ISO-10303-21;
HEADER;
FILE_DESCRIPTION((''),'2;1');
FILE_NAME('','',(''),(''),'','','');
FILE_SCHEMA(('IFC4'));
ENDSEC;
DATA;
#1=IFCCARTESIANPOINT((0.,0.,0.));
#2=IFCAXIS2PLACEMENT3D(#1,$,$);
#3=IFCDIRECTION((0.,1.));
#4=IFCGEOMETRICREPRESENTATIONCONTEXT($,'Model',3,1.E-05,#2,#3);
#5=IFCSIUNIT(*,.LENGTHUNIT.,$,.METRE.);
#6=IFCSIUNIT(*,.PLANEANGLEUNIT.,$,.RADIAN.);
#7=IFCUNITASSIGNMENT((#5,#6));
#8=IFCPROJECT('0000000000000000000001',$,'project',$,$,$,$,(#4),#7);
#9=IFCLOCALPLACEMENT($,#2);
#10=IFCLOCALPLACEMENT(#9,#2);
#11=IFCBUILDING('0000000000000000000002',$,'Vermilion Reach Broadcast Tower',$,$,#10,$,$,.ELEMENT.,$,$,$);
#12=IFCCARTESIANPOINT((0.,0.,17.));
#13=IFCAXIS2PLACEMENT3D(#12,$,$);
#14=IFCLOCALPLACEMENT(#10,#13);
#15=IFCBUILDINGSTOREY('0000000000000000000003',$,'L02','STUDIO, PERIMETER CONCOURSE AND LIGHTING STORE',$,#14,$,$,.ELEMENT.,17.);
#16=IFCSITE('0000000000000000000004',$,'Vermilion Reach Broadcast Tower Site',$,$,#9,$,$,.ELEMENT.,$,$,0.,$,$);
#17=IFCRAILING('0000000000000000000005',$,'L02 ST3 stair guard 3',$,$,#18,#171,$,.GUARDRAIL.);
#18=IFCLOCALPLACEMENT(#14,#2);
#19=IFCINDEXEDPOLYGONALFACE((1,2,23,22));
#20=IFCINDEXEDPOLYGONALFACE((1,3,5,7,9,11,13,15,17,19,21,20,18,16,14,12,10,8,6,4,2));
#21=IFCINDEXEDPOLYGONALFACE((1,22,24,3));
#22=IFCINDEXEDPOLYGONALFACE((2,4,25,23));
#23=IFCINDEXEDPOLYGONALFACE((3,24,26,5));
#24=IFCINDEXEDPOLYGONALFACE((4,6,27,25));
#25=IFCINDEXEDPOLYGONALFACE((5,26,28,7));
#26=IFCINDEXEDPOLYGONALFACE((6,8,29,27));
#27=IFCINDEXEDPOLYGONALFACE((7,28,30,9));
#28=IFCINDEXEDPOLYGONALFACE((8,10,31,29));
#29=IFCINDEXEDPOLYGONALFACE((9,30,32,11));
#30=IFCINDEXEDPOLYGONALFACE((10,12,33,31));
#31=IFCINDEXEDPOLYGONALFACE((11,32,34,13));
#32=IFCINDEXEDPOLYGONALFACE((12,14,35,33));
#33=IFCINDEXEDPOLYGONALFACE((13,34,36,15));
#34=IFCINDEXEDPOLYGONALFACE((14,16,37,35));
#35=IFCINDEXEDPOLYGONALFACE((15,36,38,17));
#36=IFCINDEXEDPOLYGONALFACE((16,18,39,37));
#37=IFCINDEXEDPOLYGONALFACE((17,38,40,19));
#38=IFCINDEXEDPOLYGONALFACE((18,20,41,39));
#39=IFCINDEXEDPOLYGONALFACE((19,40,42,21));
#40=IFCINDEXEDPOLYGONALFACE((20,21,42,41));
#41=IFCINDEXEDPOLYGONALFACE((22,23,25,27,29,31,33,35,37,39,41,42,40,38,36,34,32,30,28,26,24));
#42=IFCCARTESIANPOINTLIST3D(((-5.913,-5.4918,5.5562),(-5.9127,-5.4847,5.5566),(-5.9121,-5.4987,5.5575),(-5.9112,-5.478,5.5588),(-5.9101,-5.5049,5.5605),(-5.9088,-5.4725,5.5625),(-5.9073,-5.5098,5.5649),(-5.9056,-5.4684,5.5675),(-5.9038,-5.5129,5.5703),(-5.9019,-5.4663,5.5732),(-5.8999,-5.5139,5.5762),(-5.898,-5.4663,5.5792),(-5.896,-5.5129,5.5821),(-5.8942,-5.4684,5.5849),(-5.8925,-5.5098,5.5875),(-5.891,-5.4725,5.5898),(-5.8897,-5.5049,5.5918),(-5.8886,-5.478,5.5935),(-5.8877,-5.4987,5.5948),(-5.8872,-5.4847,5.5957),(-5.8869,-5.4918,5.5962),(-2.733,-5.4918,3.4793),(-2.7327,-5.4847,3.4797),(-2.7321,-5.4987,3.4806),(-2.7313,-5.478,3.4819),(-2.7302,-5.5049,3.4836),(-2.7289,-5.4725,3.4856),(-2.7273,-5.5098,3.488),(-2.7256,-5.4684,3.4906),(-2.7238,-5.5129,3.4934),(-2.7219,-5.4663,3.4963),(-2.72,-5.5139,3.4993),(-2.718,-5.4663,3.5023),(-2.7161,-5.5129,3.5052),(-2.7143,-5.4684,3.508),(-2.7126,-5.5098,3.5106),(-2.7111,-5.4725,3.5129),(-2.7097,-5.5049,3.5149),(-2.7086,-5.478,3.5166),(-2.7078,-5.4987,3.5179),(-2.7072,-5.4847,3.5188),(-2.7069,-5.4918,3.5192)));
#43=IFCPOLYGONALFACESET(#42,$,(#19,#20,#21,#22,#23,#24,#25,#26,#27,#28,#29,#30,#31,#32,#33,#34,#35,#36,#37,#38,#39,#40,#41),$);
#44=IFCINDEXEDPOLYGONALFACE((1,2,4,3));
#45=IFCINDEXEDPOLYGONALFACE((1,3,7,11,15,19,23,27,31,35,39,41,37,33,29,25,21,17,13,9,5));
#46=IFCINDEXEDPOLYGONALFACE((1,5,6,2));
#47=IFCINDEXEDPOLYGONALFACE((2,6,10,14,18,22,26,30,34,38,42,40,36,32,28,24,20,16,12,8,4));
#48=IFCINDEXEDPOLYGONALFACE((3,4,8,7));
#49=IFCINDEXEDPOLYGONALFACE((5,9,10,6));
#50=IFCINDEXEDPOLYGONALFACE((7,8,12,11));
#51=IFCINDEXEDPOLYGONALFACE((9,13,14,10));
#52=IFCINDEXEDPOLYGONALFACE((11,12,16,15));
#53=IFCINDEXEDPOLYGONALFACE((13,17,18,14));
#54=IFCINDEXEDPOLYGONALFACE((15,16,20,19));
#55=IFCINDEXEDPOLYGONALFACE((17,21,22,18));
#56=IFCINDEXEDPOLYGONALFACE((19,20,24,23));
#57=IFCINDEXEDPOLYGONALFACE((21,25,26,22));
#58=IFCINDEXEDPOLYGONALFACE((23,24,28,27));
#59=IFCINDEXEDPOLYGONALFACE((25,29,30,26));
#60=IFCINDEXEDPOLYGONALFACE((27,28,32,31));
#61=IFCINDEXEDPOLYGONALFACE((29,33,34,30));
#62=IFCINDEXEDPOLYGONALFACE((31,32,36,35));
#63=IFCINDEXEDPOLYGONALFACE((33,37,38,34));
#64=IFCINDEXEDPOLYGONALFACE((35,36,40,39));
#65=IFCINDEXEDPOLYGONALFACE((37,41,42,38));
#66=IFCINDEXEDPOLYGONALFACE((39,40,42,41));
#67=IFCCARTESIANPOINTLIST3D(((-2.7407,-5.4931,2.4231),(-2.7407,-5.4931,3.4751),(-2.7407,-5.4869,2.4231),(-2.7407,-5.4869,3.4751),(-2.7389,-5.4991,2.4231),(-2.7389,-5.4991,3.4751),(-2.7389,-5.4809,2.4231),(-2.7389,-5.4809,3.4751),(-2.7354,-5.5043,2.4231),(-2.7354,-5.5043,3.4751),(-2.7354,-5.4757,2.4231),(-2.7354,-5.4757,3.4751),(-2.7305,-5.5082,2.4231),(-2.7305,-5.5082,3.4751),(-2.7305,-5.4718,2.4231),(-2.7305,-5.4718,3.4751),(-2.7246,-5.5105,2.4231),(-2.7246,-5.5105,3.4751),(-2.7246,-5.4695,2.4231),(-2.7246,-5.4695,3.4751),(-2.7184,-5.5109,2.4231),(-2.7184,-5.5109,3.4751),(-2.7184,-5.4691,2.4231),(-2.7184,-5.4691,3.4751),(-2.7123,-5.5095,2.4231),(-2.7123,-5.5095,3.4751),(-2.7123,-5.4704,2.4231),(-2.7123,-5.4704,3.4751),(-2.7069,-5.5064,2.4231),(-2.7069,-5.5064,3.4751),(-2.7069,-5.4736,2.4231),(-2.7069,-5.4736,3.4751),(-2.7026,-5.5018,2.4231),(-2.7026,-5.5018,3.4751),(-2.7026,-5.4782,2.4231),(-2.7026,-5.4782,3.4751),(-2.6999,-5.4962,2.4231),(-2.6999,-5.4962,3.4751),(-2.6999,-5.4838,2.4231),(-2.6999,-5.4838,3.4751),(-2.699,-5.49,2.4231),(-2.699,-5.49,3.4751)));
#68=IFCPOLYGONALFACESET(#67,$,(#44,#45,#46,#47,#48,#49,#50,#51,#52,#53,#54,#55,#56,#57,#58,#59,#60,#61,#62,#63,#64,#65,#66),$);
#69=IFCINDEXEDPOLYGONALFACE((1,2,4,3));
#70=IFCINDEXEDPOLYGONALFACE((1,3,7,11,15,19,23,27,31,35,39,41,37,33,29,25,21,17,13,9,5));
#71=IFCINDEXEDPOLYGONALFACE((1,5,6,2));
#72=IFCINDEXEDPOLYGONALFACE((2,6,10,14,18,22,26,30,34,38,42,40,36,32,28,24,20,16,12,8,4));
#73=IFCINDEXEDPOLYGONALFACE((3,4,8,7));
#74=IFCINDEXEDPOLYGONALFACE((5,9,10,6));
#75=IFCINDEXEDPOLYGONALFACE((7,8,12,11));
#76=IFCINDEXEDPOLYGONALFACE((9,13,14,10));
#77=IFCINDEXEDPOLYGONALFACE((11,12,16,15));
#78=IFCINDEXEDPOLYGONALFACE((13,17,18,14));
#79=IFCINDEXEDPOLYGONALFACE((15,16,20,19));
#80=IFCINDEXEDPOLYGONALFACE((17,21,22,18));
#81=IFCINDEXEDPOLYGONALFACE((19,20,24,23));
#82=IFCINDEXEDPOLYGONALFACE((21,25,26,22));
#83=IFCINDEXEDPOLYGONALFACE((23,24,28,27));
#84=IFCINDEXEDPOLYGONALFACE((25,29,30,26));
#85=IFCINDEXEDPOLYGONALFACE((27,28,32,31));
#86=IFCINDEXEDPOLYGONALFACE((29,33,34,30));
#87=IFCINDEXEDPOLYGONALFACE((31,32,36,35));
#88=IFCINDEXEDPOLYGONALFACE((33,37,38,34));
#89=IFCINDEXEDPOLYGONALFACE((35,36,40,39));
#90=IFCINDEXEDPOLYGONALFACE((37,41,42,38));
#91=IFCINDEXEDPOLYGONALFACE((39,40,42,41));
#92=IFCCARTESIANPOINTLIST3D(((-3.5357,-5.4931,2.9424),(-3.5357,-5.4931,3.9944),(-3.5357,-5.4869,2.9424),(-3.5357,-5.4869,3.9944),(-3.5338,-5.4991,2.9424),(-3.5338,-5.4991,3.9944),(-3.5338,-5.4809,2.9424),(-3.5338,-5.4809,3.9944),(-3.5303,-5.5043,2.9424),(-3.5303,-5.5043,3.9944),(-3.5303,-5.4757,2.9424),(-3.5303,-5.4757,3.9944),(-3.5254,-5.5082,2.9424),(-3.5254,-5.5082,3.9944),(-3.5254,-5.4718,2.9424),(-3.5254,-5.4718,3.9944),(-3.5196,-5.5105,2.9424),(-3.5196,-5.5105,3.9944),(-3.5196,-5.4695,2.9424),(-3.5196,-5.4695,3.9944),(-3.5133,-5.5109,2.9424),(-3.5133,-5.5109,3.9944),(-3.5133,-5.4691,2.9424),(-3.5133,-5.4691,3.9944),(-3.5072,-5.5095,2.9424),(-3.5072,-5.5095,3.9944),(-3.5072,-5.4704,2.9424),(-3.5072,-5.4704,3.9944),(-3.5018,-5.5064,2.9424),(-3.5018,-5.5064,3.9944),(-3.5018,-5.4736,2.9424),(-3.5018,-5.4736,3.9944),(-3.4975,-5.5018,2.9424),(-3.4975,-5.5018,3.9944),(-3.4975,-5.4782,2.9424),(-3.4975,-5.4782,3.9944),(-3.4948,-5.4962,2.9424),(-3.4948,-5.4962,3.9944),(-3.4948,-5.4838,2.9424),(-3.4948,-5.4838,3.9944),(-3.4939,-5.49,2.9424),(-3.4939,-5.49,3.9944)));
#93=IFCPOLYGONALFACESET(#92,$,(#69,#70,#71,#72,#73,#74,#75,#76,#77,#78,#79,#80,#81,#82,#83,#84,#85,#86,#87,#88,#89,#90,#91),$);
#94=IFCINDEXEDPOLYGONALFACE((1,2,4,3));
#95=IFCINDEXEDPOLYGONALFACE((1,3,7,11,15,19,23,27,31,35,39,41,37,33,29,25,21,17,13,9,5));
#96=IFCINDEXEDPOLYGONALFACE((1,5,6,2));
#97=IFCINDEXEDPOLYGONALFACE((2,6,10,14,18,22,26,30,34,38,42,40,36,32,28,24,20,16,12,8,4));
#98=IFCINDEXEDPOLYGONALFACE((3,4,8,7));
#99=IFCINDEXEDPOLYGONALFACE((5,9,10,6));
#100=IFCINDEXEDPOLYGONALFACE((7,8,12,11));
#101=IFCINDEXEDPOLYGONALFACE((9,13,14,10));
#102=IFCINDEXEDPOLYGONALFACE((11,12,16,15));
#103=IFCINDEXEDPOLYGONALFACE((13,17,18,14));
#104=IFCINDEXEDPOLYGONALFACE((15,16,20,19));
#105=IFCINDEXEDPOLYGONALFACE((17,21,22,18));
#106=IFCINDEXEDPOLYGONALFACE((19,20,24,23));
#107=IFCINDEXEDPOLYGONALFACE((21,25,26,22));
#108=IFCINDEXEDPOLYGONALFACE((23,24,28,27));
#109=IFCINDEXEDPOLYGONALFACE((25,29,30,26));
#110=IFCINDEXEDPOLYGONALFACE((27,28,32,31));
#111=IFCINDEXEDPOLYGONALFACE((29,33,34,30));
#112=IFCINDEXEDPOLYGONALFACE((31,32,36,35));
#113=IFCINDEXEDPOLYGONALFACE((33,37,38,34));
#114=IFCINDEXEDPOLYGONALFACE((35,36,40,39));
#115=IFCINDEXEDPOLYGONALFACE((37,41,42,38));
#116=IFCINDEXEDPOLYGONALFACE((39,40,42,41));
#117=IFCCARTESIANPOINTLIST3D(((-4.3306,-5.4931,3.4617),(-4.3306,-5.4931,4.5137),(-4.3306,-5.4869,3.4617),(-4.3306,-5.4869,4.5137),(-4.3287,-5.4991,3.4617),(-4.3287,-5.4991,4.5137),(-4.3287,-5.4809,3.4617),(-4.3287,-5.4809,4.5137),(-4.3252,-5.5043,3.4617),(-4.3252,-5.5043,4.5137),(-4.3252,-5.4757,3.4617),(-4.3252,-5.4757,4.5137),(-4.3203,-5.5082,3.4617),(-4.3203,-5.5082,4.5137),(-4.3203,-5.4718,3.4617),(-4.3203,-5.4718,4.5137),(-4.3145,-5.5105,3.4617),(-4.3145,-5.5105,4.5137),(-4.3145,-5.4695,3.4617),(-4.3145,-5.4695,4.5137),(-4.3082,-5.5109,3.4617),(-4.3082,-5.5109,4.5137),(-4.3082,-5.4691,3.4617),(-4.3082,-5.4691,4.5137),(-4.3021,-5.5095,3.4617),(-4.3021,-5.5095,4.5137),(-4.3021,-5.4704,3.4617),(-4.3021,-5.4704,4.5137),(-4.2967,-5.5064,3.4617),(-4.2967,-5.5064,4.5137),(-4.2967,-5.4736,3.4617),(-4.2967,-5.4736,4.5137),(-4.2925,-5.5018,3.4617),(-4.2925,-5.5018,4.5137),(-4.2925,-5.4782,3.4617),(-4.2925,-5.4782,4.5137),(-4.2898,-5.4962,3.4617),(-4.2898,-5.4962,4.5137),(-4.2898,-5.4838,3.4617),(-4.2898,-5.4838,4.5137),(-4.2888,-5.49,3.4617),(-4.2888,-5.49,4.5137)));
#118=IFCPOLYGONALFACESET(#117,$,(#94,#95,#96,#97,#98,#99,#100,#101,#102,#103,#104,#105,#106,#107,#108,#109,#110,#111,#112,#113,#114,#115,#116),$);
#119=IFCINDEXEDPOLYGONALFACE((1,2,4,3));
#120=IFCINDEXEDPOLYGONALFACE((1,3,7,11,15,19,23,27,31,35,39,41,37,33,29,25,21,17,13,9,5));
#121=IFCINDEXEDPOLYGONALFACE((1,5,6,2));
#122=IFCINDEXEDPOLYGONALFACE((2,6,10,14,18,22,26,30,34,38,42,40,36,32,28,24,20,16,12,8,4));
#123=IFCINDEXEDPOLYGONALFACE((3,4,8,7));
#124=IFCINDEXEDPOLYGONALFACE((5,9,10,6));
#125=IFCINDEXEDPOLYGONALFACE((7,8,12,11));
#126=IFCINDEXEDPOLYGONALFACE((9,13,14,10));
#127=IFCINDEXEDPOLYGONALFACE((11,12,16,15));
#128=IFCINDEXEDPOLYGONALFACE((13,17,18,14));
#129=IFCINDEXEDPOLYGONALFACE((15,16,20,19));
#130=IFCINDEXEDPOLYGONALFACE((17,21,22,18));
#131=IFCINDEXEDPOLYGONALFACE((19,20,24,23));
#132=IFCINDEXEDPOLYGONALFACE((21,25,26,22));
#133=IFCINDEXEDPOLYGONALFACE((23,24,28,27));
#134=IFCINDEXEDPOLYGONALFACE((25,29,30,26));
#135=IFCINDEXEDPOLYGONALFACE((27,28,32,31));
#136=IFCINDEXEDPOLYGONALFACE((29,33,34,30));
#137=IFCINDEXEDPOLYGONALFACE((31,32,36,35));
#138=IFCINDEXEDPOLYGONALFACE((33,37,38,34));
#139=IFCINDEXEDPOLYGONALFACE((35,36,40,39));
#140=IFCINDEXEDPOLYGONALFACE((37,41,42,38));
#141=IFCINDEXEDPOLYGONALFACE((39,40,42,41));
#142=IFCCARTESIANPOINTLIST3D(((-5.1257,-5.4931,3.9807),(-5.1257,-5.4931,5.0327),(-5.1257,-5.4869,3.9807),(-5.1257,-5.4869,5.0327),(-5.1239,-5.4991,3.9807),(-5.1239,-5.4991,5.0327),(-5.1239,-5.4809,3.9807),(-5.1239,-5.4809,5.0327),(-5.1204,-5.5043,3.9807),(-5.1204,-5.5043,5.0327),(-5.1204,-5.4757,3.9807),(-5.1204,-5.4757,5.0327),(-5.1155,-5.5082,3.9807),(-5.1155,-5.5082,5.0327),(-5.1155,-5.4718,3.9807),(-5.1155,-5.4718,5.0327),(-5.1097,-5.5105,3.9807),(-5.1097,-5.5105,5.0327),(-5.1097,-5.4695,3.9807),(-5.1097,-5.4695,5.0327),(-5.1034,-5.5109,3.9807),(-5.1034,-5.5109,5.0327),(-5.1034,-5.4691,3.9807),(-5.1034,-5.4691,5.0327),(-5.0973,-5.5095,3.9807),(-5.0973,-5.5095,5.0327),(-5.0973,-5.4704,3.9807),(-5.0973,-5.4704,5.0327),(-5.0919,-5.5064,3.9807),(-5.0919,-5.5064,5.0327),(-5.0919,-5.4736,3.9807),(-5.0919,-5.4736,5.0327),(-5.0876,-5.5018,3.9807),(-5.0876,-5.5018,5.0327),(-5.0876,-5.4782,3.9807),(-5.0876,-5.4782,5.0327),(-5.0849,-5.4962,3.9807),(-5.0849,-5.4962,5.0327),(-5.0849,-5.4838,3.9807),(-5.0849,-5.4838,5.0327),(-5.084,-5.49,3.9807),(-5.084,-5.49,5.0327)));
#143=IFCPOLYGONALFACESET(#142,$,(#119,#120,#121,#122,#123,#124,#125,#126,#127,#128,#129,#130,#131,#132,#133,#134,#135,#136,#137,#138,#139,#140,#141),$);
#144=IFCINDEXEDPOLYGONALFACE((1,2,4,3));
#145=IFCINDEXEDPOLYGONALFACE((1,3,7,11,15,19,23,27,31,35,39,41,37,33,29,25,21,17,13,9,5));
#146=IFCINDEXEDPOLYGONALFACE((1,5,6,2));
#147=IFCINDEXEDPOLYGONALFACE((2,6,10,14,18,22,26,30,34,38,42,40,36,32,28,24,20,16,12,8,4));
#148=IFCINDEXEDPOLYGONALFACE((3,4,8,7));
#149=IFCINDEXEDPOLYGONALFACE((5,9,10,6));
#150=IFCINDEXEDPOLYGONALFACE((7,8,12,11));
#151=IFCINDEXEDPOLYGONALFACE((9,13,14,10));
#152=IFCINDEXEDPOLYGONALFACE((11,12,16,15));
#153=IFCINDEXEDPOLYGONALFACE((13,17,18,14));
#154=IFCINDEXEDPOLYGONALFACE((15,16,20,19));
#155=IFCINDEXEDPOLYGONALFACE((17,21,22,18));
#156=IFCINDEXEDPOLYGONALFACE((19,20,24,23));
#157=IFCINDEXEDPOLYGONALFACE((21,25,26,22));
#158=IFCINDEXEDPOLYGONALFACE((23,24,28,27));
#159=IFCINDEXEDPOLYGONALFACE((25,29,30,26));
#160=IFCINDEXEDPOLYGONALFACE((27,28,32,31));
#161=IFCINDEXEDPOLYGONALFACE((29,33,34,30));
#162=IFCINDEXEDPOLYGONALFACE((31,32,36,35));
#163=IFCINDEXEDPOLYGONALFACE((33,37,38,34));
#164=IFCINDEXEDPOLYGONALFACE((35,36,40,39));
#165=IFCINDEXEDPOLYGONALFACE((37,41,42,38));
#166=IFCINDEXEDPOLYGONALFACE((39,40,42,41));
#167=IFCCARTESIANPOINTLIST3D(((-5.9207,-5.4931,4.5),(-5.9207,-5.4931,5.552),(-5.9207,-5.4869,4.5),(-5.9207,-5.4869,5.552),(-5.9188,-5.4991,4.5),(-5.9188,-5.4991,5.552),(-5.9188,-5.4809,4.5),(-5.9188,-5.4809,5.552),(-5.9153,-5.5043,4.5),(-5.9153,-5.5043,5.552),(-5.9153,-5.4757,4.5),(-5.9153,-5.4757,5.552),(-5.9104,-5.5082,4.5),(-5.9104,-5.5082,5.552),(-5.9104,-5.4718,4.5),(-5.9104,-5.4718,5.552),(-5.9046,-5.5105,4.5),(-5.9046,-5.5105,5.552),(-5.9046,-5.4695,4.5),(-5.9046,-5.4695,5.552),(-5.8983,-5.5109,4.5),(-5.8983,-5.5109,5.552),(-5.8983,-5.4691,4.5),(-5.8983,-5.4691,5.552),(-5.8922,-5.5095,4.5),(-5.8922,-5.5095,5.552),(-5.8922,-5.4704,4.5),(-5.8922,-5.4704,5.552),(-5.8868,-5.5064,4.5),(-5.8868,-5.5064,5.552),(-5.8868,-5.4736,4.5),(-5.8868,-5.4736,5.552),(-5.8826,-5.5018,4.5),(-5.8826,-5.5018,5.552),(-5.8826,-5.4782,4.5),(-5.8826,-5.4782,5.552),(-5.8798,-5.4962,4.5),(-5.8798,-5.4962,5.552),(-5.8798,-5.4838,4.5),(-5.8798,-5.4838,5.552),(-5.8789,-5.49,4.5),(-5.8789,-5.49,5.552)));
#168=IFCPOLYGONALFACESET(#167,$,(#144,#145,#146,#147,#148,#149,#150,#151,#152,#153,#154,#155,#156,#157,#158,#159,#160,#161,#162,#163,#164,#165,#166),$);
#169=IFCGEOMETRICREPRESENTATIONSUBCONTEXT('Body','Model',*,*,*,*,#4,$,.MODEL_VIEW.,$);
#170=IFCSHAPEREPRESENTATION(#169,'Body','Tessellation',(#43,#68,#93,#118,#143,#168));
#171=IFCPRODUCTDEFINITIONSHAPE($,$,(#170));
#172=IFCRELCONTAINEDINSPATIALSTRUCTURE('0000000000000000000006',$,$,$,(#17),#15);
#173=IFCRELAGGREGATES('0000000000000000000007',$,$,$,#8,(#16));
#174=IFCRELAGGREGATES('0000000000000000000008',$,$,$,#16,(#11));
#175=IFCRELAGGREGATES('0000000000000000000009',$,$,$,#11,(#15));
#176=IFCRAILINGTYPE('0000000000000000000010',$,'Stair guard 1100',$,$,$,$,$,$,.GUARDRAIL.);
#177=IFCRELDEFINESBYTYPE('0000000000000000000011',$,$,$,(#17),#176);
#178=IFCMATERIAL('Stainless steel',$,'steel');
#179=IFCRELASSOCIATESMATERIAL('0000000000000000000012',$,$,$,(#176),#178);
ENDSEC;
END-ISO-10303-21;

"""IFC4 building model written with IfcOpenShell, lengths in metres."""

from ifc_helpers import new_model, si_unit, direction, frame, origin, origin_2d, place, context, subcontext, project, spatial, circle, extrude, material, type_object, element, save


model = new_model("IFC4")

# Units and contexts
model_context = context("Model", 3, precision=1e-05, world=origin(), true_north=direction((0.0, 1.0)))
body_context = subcontext(model_context, "Body", "Model", "MODEL_VIEW")
ifc_project = project(units=[si_unit("LENGTHUNIT", "METRE"), si_unit("PLANEANGLEUNIT", "RADIAN")], contexts=[model_context])

# Site, building, storey
site_placement = place(None, origin())
site = spatial("IfcSite", under=ifc_project, at=site_placement, Name="Vermilion Reach Broadcast Tower Site", CompositionType="ELEMENT", RefElevation=0.0)
building_placement = place(site_placement, origin())
building = spatial("IfcBuilding", under=site, at=building_placement, Name="Vermilion Reach Broadcast Tower", CompositionType="ELEMENT")
storey_placement = place(building_placement, frame((0.0, 0.0, 17.0)))
storey = spatial("IfcBuildingStorey", under=building, at=storey_placement, Name="L02", Description="STUDIO, PERIMETER CONCOURSE AND LIGHTING STORE", CompositionType="ELEMENT", Elevation=17.0)

# Railing
ifc_material_1 = material(Name="Stainless steel", Category="steel")
railing_type_1 = type_object("IfcRailingType", Name="Stair guard 1100", PredefinedType="GUARDRAIL", material=ifc_material_1)
railing_1_placement = place(storey_placement, frame((-2.72, -5.49, 2.4231)))
element("IfcRailing", 1, at=railing_1_placement, inside=storey, type_object=railing_type_1, Name="L02 ST3 stair guard 3", PredefinedType="GUARDRAIL", context=body_context, shape_type="SweptSolid", body=[
    extrude(circle(Radius=0.0239, at=origin_2d()), frame((0.0, 0.0, 1.0762), z_axis=(-0.837245, 0.0, 0.546828), x_axis=(0.0, -1.0, 0.0)), (0.0, 0.0, 1.0), 3.7981),
    extrude(circle(Radius=0.021, at=origin_2d()), origin(), (0.0, 0.0, 1.0), 1.052),
    extrude(circle(Radius=0.021, at=origin_2d()), frame((-0.7949, 0.0, 0.5193)), (0.0, 0.0, 1.0), 1.052),
    extrude(circle(Radius=0.021, at=origin_2d()), frame((-1.5898, 0.0, 1.0386)), (0.0, 0.0, 1.0), 1.052),
    extrude(circle(Radius=0.021, at=origin_2d()), frame((-2.385, 0.0, 1.5576)), (0.0, 0.0, 1.0), 1.052),
    extrude(circle(Radius=0.021, at=origin_2d()), frame((-3.1799, 0.0, 2.0769)), (0.0, 0.0, 1.0), 1.052),
])

save(model, "model.ifc")
